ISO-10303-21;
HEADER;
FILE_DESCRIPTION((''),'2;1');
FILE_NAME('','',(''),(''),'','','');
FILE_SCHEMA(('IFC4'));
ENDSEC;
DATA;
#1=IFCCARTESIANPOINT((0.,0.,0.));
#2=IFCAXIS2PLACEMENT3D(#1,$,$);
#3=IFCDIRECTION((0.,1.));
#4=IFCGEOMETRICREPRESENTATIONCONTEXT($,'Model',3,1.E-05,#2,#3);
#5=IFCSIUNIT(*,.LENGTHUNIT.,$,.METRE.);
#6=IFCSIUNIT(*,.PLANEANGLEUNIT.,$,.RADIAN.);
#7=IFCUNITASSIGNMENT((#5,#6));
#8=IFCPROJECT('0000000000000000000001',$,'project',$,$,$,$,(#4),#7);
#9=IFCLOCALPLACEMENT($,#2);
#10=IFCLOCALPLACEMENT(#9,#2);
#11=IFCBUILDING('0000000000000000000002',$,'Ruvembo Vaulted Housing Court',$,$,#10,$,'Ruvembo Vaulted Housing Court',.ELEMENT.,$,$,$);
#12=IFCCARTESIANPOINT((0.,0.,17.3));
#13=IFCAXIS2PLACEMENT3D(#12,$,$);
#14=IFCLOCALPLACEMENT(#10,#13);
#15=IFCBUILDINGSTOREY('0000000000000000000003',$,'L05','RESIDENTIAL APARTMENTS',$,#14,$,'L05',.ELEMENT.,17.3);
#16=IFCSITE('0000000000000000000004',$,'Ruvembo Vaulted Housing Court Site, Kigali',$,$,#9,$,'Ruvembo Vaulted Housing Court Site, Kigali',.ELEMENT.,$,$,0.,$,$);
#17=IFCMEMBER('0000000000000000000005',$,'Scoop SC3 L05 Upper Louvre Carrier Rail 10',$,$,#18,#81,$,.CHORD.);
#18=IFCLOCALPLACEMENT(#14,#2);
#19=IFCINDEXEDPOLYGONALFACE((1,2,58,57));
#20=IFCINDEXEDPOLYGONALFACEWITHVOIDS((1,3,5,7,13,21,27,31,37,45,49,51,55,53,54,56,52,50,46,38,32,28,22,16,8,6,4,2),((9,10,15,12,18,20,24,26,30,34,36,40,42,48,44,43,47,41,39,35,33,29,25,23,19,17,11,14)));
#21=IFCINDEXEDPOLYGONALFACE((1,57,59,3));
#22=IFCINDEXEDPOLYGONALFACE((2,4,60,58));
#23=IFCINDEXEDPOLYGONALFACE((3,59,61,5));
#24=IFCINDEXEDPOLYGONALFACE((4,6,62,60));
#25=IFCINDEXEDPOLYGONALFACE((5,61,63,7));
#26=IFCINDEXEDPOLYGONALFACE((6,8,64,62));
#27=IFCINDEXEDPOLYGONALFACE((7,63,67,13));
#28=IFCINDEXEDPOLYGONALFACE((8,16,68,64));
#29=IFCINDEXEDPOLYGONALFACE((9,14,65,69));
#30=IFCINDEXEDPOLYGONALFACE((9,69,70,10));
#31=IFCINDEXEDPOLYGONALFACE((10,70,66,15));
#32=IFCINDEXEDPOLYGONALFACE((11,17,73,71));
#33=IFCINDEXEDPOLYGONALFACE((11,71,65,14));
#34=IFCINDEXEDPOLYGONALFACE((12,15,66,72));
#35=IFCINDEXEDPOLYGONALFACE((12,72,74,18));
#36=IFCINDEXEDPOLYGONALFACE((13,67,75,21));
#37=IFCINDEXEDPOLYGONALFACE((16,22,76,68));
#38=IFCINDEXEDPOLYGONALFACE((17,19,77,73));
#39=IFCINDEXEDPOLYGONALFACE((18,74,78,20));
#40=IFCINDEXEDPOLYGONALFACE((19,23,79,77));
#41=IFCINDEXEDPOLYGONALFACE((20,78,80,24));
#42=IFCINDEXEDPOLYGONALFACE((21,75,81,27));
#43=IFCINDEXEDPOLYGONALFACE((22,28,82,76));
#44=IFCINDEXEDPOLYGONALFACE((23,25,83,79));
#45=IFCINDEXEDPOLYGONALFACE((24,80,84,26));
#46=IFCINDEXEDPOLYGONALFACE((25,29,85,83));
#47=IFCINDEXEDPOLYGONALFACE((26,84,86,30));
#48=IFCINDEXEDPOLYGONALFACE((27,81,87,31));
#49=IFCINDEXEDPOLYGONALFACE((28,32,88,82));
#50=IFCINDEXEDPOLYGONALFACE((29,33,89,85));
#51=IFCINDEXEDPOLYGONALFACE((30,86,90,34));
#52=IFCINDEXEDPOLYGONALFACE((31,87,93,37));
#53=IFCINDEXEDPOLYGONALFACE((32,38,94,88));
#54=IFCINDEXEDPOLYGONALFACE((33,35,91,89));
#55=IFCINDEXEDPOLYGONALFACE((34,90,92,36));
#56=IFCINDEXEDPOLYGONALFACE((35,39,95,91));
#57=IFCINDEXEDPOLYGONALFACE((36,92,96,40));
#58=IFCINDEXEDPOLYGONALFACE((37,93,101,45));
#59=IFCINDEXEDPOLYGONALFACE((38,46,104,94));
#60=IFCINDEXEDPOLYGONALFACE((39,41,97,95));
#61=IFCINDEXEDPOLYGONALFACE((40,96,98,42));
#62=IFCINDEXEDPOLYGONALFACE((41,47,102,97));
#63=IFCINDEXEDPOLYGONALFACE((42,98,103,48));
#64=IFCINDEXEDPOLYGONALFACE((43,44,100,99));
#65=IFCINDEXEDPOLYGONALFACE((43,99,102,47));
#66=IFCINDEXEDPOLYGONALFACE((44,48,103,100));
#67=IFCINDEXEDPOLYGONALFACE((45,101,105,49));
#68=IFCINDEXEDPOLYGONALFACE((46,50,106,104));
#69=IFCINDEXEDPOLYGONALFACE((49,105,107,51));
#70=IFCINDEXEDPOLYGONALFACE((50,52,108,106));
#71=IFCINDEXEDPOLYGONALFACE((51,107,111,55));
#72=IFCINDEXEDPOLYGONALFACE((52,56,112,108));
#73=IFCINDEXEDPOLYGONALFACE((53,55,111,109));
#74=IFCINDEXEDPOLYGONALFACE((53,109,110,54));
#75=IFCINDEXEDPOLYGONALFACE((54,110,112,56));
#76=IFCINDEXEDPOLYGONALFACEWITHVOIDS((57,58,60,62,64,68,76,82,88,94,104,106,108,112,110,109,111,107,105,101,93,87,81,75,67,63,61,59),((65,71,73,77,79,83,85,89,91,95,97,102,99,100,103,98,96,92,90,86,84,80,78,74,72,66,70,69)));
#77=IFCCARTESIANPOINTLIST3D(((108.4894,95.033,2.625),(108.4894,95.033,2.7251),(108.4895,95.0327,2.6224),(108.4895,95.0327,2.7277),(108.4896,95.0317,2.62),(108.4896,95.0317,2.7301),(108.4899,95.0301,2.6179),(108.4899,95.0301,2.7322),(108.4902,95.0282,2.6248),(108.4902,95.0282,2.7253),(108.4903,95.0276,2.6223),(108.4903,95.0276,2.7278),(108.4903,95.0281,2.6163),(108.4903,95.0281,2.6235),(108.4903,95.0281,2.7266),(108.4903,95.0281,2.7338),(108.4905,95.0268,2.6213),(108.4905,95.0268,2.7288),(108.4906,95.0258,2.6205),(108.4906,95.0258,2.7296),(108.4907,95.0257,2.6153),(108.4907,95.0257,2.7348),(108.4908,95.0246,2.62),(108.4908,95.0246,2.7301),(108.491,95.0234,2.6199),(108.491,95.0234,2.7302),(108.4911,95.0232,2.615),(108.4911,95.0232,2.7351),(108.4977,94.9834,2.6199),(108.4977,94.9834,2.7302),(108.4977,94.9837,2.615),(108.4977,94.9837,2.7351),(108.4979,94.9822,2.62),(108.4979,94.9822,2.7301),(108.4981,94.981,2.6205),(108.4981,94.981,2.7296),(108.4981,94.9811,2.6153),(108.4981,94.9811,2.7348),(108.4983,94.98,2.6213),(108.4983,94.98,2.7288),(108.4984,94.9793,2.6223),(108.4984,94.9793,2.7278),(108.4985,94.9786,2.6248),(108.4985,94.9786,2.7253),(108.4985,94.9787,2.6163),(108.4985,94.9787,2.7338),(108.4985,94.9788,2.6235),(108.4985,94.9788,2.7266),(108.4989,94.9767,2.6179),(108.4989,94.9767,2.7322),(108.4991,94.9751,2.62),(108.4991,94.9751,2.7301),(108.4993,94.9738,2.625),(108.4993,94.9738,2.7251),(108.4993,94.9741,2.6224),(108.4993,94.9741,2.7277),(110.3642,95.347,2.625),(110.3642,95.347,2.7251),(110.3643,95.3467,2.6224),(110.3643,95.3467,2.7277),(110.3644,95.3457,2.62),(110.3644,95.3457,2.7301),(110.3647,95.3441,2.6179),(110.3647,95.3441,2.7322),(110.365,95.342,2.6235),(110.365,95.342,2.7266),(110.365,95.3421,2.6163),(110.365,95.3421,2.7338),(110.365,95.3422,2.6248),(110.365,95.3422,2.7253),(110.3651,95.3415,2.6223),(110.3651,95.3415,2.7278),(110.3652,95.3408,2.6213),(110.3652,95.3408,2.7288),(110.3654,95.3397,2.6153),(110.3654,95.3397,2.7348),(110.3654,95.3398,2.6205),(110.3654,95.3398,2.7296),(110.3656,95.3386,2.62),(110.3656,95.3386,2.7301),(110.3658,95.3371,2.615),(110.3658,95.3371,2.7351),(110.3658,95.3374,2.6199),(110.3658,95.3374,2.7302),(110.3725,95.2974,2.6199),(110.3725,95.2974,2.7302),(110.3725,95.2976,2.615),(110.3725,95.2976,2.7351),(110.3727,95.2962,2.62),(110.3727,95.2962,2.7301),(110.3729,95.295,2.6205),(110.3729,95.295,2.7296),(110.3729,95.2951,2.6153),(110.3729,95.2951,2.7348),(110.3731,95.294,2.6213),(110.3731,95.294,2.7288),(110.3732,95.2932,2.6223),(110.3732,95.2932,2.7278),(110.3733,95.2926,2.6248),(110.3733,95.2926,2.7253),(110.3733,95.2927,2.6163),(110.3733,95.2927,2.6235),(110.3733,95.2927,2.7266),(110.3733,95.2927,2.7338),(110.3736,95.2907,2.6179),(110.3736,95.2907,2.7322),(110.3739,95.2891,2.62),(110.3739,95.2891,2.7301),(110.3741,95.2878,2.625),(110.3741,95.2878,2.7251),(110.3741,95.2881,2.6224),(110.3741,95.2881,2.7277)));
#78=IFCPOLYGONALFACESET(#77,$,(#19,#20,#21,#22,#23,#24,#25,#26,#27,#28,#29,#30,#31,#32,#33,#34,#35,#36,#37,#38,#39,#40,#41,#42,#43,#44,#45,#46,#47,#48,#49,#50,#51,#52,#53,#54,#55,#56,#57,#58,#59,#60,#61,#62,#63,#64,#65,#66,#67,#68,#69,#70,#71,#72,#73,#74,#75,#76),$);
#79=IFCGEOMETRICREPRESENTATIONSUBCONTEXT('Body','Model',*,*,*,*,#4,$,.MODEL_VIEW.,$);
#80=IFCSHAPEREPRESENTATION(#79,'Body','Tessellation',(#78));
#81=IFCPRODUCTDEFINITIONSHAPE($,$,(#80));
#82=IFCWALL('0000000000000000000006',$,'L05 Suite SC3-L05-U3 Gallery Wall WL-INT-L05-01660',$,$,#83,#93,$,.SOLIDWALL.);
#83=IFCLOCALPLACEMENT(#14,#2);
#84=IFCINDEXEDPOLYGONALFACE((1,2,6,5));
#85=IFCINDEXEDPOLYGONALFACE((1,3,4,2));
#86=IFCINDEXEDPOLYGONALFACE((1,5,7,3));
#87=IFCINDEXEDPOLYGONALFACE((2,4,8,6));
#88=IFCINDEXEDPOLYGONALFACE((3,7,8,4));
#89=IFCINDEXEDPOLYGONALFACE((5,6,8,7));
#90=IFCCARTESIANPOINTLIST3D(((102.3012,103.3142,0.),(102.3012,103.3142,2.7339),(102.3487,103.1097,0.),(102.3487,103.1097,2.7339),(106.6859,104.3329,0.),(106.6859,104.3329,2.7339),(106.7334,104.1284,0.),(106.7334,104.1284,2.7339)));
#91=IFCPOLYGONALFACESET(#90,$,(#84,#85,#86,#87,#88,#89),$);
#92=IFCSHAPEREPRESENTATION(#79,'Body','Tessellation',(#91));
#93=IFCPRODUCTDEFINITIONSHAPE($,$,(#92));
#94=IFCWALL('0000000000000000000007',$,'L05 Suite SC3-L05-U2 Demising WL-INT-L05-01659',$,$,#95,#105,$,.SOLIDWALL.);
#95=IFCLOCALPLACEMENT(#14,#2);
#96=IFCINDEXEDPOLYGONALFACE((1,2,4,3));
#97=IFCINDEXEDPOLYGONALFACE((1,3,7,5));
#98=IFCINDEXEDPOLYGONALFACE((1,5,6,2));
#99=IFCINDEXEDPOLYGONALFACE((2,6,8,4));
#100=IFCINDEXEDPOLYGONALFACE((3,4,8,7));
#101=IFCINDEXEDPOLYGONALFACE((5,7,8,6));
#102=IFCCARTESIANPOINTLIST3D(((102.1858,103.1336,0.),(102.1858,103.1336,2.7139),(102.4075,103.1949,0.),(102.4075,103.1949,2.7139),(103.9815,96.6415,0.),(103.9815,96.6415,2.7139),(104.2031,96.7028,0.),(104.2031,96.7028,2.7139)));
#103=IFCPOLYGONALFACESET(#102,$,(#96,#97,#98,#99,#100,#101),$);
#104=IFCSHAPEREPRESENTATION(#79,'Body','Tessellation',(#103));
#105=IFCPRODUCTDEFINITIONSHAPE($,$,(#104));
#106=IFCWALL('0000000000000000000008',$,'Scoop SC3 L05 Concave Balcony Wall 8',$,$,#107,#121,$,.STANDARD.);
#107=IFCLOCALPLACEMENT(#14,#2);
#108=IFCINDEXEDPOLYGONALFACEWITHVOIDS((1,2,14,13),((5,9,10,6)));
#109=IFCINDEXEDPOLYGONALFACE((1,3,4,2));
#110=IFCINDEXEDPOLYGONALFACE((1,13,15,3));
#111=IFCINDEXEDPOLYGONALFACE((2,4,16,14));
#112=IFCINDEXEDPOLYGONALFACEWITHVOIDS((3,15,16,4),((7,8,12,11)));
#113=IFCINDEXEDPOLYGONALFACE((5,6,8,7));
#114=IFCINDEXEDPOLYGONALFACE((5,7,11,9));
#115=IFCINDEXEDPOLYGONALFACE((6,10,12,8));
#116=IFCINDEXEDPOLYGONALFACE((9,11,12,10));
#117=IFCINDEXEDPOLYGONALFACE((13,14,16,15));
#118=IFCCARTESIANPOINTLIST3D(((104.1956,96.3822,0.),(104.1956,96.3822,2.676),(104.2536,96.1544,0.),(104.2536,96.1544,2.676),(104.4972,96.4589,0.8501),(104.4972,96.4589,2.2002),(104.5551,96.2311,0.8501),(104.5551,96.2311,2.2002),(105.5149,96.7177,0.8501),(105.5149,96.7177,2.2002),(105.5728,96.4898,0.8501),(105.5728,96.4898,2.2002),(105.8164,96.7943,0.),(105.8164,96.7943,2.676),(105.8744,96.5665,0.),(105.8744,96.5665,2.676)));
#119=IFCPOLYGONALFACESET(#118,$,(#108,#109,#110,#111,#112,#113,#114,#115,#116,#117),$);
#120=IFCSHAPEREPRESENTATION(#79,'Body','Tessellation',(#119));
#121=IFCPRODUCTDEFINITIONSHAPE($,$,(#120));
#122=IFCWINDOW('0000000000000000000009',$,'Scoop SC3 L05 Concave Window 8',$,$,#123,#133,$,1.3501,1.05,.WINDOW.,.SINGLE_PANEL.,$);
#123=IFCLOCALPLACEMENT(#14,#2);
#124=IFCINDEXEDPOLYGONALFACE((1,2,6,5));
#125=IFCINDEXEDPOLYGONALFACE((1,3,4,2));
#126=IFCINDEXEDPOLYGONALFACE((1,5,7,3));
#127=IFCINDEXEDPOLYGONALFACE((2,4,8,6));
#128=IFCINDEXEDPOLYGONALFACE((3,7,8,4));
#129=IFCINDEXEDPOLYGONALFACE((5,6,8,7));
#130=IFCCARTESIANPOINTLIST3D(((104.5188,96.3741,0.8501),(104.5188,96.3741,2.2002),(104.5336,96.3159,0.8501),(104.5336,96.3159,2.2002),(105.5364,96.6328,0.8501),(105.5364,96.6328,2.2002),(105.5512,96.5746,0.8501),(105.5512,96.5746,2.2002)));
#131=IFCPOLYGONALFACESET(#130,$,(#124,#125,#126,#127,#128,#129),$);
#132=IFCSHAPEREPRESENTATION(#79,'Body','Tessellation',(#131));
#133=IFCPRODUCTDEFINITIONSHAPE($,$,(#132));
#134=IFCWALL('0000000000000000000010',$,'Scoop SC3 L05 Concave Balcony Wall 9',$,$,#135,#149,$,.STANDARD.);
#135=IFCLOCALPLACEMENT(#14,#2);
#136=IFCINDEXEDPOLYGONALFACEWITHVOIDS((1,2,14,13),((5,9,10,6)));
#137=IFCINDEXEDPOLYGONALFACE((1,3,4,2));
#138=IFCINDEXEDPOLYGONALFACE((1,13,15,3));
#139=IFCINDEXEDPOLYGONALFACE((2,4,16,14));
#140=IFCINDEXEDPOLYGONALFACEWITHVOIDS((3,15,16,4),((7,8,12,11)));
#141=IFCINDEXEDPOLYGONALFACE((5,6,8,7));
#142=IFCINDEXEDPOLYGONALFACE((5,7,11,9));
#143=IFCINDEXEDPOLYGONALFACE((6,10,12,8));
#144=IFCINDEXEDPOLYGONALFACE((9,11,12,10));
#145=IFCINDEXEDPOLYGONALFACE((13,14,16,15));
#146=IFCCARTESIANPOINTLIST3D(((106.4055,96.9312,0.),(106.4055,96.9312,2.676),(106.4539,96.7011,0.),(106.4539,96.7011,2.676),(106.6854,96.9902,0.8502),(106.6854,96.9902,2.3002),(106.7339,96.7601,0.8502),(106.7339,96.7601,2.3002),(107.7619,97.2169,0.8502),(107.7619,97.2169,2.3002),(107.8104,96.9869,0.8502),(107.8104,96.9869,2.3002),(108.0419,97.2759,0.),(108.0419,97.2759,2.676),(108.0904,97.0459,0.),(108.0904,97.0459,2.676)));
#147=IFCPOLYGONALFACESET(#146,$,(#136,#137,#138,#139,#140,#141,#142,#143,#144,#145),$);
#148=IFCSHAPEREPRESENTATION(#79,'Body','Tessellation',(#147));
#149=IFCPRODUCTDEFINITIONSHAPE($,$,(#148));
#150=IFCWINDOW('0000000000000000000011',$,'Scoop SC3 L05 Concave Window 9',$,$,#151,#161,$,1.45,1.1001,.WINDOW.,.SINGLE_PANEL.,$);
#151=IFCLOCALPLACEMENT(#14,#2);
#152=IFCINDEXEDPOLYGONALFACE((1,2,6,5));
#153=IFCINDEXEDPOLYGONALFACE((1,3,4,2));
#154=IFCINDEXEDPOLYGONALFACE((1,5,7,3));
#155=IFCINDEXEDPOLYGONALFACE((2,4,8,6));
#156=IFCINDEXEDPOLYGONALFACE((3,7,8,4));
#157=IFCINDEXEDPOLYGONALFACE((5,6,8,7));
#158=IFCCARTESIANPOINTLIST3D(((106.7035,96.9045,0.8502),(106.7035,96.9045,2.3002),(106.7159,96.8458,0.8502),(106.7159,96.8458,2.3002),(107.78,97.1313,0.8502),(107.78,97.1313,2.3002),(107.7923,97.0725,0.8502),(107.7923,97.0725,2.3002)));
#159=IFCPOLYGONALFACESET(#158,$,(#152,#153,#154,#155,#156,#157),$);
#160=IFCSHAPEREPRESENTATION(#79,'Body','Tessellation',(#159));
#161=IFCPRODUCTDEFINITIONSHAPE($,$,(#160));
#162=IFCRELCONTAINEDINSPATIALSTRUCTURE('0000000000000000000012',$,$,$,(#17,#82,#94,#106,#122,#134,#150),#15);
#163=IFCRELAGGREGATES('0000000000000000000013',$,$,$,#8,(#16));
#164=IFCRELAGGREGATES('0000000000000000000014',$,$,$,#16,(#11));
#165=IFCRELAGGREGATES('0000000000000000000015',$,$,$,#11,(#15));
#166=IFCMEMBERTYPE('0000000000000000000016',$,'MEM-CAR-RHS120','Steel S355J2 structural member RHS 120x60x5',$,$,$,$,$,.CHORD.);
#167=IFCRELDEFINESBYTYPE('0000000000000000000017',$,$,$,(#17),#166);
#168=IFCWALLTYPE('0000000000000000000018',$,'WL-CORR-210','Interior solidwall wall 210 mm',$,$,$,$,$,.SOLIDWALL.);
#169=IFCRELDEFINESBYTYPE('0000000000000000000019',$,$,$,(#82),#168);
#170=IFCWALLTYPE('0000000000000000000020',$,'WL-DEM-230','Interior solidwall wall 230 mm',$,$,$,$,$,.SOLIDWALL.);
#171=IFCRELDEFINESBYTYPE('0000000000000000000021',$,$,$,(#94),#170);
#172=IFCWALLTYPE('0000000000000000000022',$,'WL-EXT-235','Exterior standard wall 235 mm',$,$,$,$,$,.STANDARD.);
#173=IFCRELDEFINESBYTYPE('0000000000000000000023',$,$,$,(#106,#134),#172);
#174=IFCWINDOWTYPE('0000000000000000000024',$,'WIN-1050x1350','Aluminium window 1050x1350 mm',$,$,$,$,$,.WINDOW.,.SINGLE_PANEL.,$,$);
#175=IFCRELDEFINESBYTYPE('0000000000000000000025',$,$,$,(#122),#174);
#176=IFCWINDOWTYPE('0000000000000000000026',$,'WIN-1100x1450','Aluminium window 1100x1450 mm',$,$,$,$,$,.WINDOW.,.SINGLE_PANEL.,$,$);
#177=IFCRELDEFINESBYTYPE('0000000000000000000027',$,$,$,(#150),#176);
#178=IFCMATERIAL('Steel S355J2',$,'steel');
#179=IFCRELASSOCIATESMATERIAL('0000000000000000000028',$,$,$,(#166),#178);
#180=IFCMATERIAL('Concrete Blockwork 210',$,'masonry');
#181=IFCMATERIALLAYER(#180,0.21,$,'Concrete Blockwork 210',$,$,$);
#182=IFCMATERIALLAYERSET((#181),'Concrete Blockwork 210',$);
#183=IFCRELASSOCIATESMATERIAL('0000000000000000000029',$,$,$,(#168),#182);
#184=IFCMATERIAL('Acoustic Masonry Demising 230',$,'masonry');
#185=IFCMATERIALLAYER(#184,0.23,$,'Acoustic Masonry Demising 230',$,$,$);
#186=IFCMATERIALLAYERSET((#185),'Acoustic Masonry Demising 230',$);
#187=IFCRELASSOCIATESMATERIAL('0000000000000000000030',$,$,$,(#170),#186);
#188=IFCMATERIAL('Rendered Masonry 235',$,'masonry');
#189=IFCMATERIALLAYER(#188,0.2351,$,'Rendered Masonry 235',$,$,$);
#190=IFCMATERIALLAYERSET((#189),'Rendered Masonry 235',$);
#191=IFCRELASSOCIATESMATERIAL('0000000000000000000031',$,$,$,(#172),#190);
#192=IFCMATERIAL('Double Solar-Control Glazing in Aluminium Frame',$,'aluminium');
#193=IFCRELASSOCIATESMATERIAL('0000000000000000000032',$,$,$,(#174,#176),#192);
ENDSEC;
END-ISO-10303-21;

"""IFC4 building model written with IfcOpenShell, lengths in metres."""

from ifc_helpers import new_model, si_unit, direction, frame, frame_2d, origin, origin_2d, place, context, subcontext, project, spatial, rectangle, hollow_rectangle, extrude, material, layer, layer_set, material_profile, profile_set, type_object, element, fill, save


model = new_model("IFC4")

# Units and contexts
model_context = context("Model", 3, precision=1e-05, world=origin(), true_north=direction((0.0, 1.0)))
body_context = subcontext(model_context, "Body", "Model", "MODEL_VIEW")
ifc_project = project(units=[si_unit("LENGTHUNIT", "METRE"), si_unit("PLANEANGLEUNIT", "RADIAN")], contexts=[model_context])

# Site, building, storey
site_placement = place(None, origin())
site = spatial("IfcSite", under=ifc_project, at=site_placement, Name="Ruvembo Vaulted Housing Court Site, Kigali", LongName="Ruvembo Vaulted Housing Court Site, Kigali", CompositionType="ELEMENT", RefElevation=0.0)
building_placement = place(site_placement, origin())
building = spatial("IfcBuilding", under=site, at=building_placement, Name="Ruvembo Vaulted Housing Court", LongName="Ruvembo Vaulted Housing Court", CompositionType="ELEMENT")
storey_placement = place(building_placement, frame((0.0, 0.0, 17.3)))
storey = spatial("IfcBuildingStorey", under=building, at=storey_placement, Name="L05", Description="RESIDENTIAL APARTMENTS", LongName="L05", CompositionType="ELEMENT", Elevation=17.3)

# Shared definitions
ifc_material_1 = material(Name="Steel S355J2", Category="steel")

# Member
ifc_material_profile_1 = material_profile(ifc_material_1, hollow_rectangle(XDim=0.0601, YDim=0.1201, WallThickness=0.0049, InnerFilletRadius=0.0049, OuterFilletRadius=0.01, at=origin_2d()), Name="RHS 120x60x5")
ifc_profile_set_1 = profile_set([ifc_material_profile_1], Name="Steel S355J2")
member_type = type_object("IfcMemberType", Name="MEM-CAR-RHS120", Description="Steel S355J2 structural member RHS 120x60x5", PredefinedType="CHORD", material=ifc_profile_set_1)
member_placement = place(storey_placement, frame((108.4944, 95.0034, 2.675), z_axis=(0.986265, 0.16517, 0.0), x_axis=(-0.16517, 0.986265, 0.0)))
element("IfcMember", 1, at=member_placement, inside=storey, type_object=member_type, Name="Scoop SC3 L05 Upper Louvre Carrier Rail 10", PredefinedType="CHORD", context=body_context, shape_type="SweptSolid", body=[
    extrude(hollow_rectangle(XDim=0.0601, YDim=0.1201, WallThickness=0.0049, InnerFilletRadius=0.0049, OuterFilletRadius=0.01, at=origin_2d()), origin(), (0.0, 0.0, 1.0), 1.9009),
])

# Wall
ifc_material_2 = material(Name="Concrete Blockwork 210", Category="masonry")
ifc_layer_1 = layer(ifc_material_2, 0.21, Name="Concrete Blockwork 210")
ifc_layer_set_1 = layer_set([ifc_layer_1], Name="Concrete Blockwork 210")
wall_type_1 = type_object("IfcWallType", Name="WL-CORR-210", Description="Interior solidwall wall 210 mm", PredefinedType="SOLIDWALL", material=ifc_layer_set_1)
wall_1_placement = place(storey_placement, frame((102.325, 103.2119, 0.0), z_axis=(0.0, 0.0, 1.0), x_axis=(0.974053, 0.226321, 0.0)))
element("IfcWall", 2, at=wall_1_placement, inside=storey, type_object=wall_type_1, Name="L05 Suite SC3-L05-U3 Gallery Wall WL-INT-L05-01660", PredefinedType="SOLIDWALL", context=body_context, shape_type="SweptSolid", body=[
    extrude(rectangle(XDim=4.5015, YDim=0.21, at=frame_2d((2.2507, 0.0))), origin(), (0.0, 0.0, 1.0), 2.7339),
])

# Wall
ifc_material_3 = material(Name="Acoustic Masonry Demising 230", Category="masonry")
ifc_layer_2 = layer(ifc_material_3, 0.23, Name="Acoustic Masonry Demising 230")
ifc_layer_set_2 = layer_set([ifc_layer_2], Name="Acoustic Masonry Demising 230")
wall_type_2 = type_object("IfcWallType", Name="WL-DEM-230", Description="Interior solidwall wall 230 mm", PredefinedType="SOLIDWALL", material=ifc_layer_set_2)
wall_2_placement = place(storey_placement, frame((104.0923, 96.6721, 0.0), z_axis=(0.0, 0.0, 1.0), x_axis=(-0.266578, 0.963813, 0.0)))
element("IfcWall", 3, at=wall_2_placement, inside=storey, type_object=wall_type_2, Name="L05 Suite SC3-L05-U2 Demising WL-INT-L05-01659", PredefinedType="SOLIDWALL", context=body_context, shape_type="SweptSolid", body=[
    extrude(rectangle(XDim=6.7358, YDim=0.23, at=frame_2d((3.3679, 0.0))), origin(), (0.0, 0.0, 1.0), 2.7139),
])

# Shared definitions
ifc_material_4 = material(Name="Rendered Masonry 235", Category="masonry")
ifc_layer_3 = layer(ifc_material_4, 0.2351, Name="Rendered Masonry 235")
ifc_layer_set_3 = layer_set([ifc_layer_3], Name="Rendered Masonry 235")
wall_type_3 = type_object("IfcWallType", Name="WL-EXT-235", Description="Exterior standard wall 235 mm", PredefinedType="STANDARD", material=ifc_layer_set_3)

# Walls, openings, windows
wall_3_placement = place(storey_placement, frame((104.2246, 96.2683, 0.0), z_axis=(0.0, 0.0, 1.0), x_axis=(0.969164, 0.246415, 0.0)))
wall_3 = element("IfcWall", 4, at=wall_3_placement, inside=storey, type_object=wall_type_3, Name="Scoop SC3 L05 Concave Balcony Wall 8", PredefinedType="STANDARD", context=body_context, shape_type="SweptSolid", body=[
    extrude(rectangle(XDim=1.6724, YDim=0.2351, at=frame_2d((0.8362, 0.0))), origin(), (0.0, 0.0, 1.0), 2.676),
])
opening_1_placement = place(wall_3_placement, frame((0.3113, 0.0, 0.8501)))
opening_1 = element("IfcOpeningElement", 5, at=opening_1_placement, cuts=wall_3, PredefinedType="OPENING", context=body_context, shape_type="SweptSolid", body=[
    extrude(rectangle(XDim=1.05, YDim=1.3501, at=frame_2d((0.5249, 0.675))), frame((0.0, 0.1274, 0.0), z_axis=(0.0, -1.0, 0.0), x_axis=(1.0, 0.0, 0.0)), (0.0, 0.0, 1.0), 0.2551),
])
ifc_material_5 = material(Name="Double Solar-Control Glazing in Aluminium Frame", Category="aluminium")
window_type_1 = type_object("IfcWindowType", Name="WIN-1050x1350", Description="Aluminium window 1050x1350 mm", PartitioningType="SINGLE_PANEL", PredefinedType="WINDOW", material=ifc_material_5)
window_1_placement = place(opening_1_placement, origin())
window_1 = element("IfcWindow", 6, at=window_1_placement, inside=storey, type_object=window_type_1, Name="Scoop SC3 L05 Concave Window 8", OverallHeight=1.3501, OverallWidth=1.05, PartitioningType="SINGLE_PANEL", PredefinedType="WINDOW", context=body_context, shape_type="SweptSolid", body=[
    extrude(rectangle(XDim=1.05, YDim=1.3501, at=frame_2d((0.5249, 0.675))), frame((0.0, 0.03, 0.0), z_axis=(0.0, -1.0, 0.0), x_axis=(1.0, 0.0, 0.0)), (0.0, 0.0, 1.0), 0.0601),
])
fill(opening_1, window_1)
wall_4_placement = place(storey_placement, frame((106.4297, 96.8162, 0.0), z_axis=(0.0, 0.0, 1.0), x_axis=(0.978525, 0.206128, 0.0)))
wall_4 = element("IfcWall", 7, at=wall_4_placement, inside=storey, type_object=wall_type_3, Name="Scoop SC3 L05 Concave Balcony Wall 9", PredefinedType="STANDARD", context=body_context, shape_type="SweptSolid", body=[
    extrude(rectangle(XDim=1.6724, YDim=0.2351, at=frame_2d((0.8362, 0.0))), origin(), (0.0, 0.0, 1.0), 2.676),
])
opening_2_placement = place(wall_4_placement, frame((0.2861, 0.0, 0.8501)))
opening_2 = element("IfcOpeningElement", 8, at=opening_2_placement, cuts=wall_4, PredefinedType="OPENING", context=body_context, shape_type="SweptSolid", body=[
    extrude(rectangle(XDim=1.1001, YDim=1.45, at=frame_2d((0.55, 0.7251))), frame((0.0, 0.1274, 0.0), z_axis=(0.0, -1.0, 0.0), x_axis=(1.0, 0.0, 0.0)), (0.0, 0.0, 1.0), 0.2551),
])
window_type_2 = type_object("IfcWindowType", Name="WIN-1100x1450", Description="Aluminium window 1100x1450 mm", PartitioningType="SINGLE_PANEL", PredefinedType="WINDOW", material=ifc_material_5)
window_2_placement = place(opening_2_placement, origin())
window_2 = element("IfcWindow", 9, at=window_2_placement, inside=storey, type_object=window_type_2, Name="Scoop SC3 L05 Concave Window 9", OverallHeight=1.45, OverallWidth=1.1001, PartitioningType="SINGLE_PANEL", PredefinedType="WINDOW", context=body_context, shape_type="SweptSolid", body=[
    extrude(rectangle(XDim=1.1001, YDim=1.45, at=frame_2d((0.55, 0.7251))), frame((0.0, 0.03, 0.0), z_axis=(0.0, -1.0, 0.0), x_axis=(1.0, 0.0, 0.0)), (0.0, 0.0, 1.0), 0.0601),
])
fill(opening_2, window_2)

save(model, "model.ifc")
